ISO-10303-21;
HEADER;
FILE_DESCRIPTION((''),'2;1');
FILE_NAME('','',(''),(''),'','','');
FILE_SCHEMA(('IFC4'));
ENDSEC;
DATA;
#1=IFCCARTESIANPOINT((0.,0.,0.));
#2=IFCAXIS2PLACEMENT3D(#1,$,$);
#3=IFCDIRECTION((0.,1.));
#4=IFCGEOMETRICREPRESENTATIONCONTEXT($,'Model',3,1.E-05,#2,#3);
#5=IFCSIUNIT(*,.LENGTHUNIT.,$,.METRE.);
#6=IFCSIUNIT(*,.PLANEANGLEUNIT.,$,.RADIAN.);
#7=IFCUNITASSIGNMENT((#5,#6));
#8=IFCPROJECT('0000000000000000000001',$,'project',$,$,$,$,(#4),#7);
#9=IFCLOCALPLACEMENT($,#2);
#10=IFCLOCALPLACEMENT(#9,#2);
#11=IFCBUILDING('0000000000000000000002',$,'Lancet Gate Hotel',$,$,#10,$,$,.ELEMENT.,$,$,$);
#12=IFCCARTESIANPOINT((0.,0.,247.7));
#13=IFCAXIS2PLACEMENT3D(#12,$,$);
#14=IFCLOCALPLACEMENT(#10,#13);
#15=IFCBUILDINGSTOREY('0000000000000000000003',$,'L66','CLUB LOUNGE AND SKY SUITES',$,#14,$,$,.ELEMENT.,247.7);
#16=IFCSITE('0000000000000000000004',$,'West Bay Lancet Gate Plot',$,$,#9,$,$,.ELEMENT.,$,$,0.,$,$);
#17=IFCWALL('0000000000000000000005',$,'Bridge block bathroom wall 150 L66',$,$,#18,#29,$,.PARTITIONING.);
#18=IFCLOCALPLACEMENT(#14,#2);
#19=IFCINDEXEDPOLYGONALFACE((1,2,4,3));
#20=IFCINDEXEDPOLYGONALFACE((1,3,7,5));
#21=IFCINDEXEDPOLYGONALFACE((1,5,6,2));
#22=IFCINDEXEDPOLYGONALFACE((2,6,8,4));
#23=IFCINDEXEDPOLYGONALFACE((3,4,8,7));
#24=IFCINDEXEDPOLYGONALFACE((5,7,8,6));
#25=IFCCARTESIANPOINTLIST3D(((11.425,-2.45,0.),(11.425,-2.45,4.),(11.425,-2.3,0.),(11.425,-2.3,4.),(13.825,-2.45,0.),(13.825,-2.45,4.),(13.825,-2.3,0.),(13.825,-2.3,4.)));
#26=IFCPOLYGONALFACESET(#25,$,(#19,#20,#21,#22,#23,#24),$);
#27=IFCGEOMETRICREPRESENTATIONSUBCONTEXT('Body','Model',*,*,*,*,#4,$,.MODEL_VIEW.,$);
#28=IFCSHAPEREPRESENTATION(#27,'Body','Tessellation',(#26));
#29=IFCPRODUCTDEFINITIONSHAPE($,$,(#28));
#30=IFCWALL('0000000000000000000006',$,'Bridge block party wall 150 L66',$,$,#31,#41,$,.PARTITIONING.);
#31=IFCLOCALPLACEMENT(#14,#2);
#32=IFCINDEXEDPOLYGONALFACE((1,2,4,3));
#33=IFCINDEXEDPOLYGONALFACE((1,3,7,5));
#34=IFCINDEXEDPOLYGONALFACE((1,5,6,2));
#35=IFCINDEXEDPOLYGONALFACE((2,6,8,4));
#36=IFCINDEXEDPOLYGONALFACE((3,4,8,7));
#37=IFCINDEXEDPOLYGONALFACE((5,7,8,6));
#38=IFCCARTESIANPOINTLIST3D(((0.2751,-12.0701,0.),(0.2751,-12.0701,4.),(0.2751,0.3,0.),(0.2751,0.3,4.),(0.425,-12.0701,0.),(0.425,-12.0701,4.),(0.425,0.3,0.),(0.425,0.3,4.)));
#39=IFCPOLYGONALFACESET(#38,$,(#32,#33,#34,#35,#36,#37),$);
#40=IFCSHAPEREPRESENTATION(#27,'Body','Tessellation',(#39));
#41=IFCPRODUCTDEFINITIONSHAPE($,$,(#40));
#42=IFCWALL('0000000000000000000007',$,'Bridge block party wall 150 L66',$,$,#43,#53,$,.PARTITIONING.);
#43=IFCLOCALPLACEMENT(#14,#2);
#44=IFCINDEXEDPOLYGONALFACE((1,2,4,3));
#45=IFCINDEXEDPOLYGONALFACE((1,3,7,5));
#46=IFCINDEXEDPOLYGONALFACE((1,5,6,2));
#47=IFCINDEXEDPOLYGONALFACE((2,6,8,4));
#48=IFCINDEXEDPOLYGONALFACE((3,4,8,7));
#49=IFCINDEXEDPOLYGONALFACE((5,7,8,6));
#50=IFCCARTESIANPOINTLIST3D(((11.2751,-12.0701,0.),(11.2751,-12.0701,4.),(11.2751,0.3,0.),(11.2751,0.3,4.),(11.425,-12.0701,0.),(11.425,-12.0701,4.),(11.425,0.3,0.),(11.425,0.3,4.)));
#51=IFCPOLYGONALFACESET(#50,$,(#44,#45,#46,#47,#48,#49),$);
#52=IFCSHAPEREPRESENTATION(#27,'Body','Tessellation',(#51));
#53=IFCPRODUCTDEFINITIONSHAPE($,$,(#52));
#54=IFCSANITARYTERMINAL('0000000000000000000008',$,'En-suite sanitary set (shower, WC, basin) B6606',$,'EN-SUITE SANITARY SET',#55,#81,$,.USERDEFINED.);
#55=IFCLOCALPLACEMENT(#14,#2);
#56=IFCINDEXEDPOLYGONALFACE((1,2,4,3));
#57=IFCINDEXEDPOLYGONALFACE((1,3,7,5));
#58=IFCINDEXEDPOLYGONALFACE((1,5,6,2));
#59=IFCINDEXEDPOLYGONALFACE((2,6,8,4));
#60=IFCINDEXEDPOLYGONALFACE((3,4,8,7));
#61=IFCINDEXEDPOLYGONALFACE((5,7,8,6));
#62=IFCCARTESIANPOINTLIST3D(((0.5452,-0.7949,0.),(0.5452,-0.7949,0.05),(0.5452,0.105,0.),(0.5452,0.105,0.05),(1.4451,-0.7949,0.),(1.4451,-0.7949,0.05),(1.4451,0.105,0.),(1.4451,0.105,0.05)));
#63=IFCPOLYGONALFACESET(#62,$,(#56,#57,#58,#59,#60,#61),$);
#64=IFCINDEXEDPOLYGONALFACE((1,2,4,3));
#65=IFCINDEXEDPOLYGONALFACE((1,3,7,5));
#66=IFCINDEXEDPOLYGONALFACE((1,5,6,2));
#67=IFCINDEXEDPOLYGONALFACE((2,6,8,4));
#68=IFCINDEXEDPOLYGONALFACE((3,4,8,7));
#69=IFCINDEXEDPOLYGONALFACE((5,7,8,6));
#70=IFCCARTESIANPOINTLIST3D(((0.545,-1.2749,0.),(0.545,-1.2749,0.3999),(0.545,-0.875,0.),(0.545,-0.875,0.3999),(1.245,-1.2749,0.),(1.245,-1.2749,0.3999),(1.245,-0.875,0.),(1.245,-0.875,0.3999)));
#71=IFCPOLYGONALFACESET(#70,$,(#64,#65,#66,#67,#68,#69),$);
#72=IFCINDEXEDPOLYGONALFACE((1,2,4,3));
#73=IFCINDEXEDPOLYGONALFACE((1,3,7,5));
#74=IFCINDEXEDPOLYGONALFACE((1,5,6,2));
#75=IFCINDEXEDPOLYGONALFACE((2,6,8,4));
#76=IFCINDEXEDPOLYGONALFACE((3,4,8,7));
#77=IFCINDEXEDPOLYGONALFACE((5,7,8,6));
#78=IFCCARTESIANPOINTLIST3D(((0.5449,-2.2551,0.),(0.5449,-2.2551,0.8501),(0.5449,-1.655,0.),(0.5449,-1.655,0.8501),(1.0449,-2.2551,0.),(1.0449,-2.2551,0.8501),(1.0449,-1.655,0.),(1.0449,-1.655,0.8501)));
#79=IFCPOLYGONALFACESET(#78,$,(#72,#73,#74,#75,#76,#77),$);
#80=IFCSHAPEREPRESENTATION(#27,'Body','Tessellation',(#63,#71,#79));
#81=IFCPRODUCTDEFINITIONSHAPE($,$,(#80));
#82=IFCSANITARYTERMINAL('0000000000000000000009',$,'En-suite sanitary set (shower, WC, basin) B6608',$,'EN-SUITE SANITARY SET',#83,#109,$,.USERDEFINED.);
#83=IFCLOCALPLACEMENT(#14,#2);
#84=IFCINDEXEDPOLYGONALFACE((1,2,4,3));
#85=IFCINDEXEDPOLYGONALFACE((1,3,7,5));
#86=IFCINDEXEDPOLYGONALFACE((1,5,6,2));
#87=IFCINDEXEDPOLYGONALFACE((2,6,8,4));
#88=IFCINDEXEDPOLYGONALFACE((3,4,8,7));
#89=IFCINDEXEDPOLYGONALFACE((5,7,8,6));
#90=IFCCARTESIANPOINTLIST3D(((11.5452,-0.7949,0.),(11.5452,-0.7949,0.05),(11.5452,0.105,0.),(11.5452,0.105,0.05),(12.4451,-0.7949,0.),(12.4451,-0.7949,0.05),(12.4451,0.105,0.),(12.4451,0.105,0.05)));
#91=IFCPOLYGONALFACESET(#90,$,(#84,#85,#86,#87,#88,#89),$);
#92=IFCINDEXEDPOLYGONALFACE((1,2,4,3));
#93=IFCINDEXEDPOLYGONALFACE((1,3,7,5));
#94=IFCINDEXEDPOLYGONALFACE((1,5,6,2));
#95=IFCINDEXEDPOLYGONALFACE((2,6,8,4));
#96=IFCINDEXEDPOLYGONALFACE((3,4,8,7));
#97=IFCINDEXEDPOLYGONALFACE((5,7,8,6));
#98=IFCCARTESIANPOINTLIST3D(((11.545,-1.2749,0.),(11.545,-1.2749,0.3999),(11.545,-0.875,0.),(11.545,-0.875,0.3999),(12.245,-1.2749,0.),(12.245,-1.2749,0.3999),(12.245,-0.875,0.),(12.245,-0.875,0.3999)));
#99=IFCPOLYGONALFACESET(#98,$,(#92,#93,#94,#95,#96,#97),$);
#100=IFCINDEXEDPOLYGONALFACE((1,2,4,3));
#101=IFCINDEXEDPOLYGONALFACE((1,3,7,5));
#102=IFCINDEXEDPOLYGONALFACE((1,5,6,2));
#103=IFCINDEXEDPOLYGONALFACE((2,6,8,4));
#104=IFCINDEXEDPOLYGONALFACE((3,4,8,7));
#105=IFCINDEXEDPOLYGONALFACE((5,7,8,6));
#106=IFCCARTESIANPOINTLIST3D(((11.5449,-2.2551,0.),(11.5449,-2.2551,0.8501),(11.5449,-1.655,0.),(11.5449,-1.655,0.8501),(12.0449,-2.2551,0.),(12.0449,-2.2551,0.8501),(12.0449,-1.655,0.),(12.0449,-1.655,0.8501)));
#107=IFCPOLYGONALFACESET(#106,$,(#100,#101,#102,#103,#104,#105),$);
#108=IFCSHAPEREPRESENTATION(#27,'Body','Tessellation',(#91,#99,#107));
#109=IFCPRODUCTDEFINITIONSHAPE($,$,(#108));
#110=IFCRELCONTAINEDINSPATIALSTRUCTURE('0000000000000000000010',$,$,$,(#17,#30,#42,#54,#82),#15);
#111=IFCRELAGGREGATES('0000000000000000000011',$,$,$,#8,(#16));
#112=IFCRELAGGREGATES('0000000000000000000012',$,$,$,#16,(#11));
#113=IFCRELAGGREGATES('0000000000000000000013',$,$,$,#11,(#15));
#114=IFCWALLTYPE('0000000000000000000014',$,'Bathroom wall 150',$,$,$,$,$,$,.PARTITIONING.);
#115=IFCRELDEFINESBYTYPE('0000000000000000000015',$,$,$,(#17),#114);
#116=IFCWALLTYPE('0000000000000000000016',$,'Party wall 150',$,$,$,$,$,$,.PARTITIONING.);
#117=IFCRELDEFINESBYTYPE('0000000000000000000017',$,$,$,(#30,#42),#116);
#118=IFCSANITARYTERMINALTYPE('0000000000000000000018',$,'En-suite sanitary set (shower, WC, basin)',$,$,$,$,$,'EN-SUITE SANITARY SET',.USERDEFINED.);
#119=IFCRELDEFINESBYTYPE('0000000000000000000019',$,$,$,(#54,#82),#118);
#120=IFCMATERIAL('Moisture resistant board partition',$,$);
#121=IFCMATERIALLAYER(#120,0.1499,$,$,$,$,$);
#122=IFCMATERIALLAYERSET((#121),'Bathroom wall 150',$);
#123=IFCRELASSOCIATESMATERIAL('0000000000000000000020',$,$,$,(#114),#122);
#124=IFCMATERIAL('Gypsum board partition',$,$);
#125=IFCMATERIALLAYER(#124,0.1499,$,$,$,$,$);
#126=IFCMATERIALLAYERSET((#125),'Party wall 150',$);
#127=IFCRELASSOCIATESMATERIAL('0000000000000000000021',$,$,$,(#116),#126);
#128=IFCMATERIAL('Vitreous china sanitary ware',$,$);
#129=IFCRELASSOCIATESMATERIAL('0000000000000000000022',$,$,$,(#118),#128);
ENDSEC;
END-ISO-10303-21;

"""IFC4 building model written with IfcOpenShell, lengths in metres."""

from ifc_helpers import new_model, si_unit, direction, frame, frame_2d, origin, origin_2d, place, context, subcontext, project, spatial, rectangle, extrude, material, layer, layer_set, type_object, element, save


model = new_model("IFC4")

# Units and contexts
model_context = context("Model", 3, precision=1e-05, world=origin(), true_north=direction((0.0, 1.0)))
body_context = subcontext(model_context, "Body", "Model", "MODEL_VIEW")
ifc_project = project(units=[si_unit("LENGTHUNIT", "METRE"), si_unit("PLANEANGLEUNIT", "RADIAN")], contexts=[model_context])

# Site, building, storey
site_placement = place(None, origin())
site = spatial("IfcSite", under=ifc_project, at=site_placement, Name="West Bay Lancet Gate Plot", CompositionType="ELEMENT", RefElevation=0.0)
building_placement = place(site_placement, origin())
building = spatial("IfcBuilding", under=site, at=building_placement, Name="Lancet Gate Hotel", CompositionType="ELEMENT")
storey_placement = place(building_placement, frame((0.0, 0.0, 247.7)))
storey = spatial("IfcBuildingStorey", under=building, at=storey_placement, Name="L66", Description="CLUB LOUNGE AND SKY SUITES", CompositionType="ELEMENT", Elevation=247.7)

# Shared definitions
ifc_material_1 = material(Name="Moisture resistant board partition")
ifc_layer_1 = layer(ifc_material_1, 0.1499)
ifc_layer_set_1 = layer_set([ifc_layer_1], Name="Bathroom wall 150")
wall_type_1 = type_object("IfcWallType", Name="Bathroom wall 150", PredefinedType="PARTITIONING", material=ifc_layer_set_1)

# Walls
wall_1_placement = place(storey_placement, frame((11.425, -2.375, 0.0), z_axis=(0.0, 0.0, 1.0), x_axis=(1.0, 0.0, 0.0)))
element("IfcWall", 1, at=wall_1_placement, inside=storey, type_object=wall_type_1, Name="Bridge block bathroom wall 150 L66", PredefinedType="PARTITIONING", context=body_context, shape_type="SweptSolid", body=[
    extrude(rectangle(XDim=2.3999, YDim=0.1499, at=frame_2d((1.2, 0.0))), origin(), (0.0, 0.0, 1.0), 4.0),
])
ifc_material_2 = material(Name="Gypsum board partition")
ifc_layer_2 = layer(ifc_material_2, 0.1499)
ifc_layer_set_2 = layer_set([ifc_layer_2], Name="Party wall 150")
wall_type_2 = type_object("IfcWallType", Name="Party wall 150", PredefinedType="PARTITIONING", material=ifc_layer_set_2)
for number, where, z_axis, x_axis, name in (
    (2, (0.3501, -12.0701, 0.0), (0.0, 0.0, 1.0), (0.0, 1.0, 0.0), "Bridge block party wall 150 L66"),
    (3, (11.3501, -12.0701, 0.0), (0.0, 0.0, 1.0), (0.0, 1.0, 0.0), "Bridge block party wall 150 L66"),
):
    element("IfcWall", number, at=place(storey_placement, frame(where, z_axis=z_axis, x_axis=x_axis)), inside=storey, type_object=wall_type_2, Name=name, PredefinedType="PARTITIONING", context=body_context, shape_type="SweptSolid", body=[
        extrude(rectangle(XDim=12.3701, YDim=0.1499, at=frame_2d((6.1851, 0.0))), origin(), (0.0, 0.0, 1.0), 4.0),
    ])

# Sanitary terminals
ifc_material_3 = material(Name="Vitreous china sanitary ware")
sanitary_terminal_type = type_object("IfcSanitaryTerminalType", Name="En-suite sanitary set (shower, WC, basin)", ElementType="EN-SUITE SANITARY SET", PredefinedType="USERDEFINED", material=ifc_material_3)
for number, where, z_axis, x_axis, name in (
    (4, (0.9951, -0.345, 0.0), (0.0, 0.0, 1.0), (1.0, 0.0, 0.0), "En-suite sanitary set (shower, WC, basin) B6606"),
    (5, (11.9951, -0.345, 0.0), (0.0, 0.0, 1.0), (1.0, 0.0, 0.0), "En-suite sanitary set (shower, WC, basin) B6608"),
):
    element("IfcSanitaryTerminal", number, at=place(storey_placement, frame(where, z_axis=z_axis, x_axis=x_axis)), inside=storey, type_object=sanitary_terminal_type, Name=name, ObjectType="EN-SUITE SANITARY SET", PredefinedType="USERDEFINED", context=body_context, shape_type="SweptSolid", body=[
        extrude(rectangle(XDim=0.8999, YDim=0.8999, at=origin_2d()), frame((0.0, 0.0, 0.0), z_axis=(0.0, 0.0, 1.0), x_axis=(0.0, 1.0, 0.0)), (0.0, 0.0, 1.0), 0.05),
        extrude(rectangle(XDim=0.3999, YDim=0.7, at=origin_2d()), frame((-0.1001, -0.73, 0.0), z_axis=(0.0, 0.0, 1.0), x_axis=(0.0, 1.0, 0.0)), (0.0, 0.0, 1.0), 0.3999),
        extrude(rectangle(XDim=0.6001, YDim=0.5, at=origin_2d()), frame((-0.2002, -1.6101, 0.0), z_axis=(0.0, 0.0, 1.0), x_axis=(0.0, 1.0, 0.0)), (0.0, 0.0, 1.0), 0.8501),
    ])

save(model, "model.ifc")
